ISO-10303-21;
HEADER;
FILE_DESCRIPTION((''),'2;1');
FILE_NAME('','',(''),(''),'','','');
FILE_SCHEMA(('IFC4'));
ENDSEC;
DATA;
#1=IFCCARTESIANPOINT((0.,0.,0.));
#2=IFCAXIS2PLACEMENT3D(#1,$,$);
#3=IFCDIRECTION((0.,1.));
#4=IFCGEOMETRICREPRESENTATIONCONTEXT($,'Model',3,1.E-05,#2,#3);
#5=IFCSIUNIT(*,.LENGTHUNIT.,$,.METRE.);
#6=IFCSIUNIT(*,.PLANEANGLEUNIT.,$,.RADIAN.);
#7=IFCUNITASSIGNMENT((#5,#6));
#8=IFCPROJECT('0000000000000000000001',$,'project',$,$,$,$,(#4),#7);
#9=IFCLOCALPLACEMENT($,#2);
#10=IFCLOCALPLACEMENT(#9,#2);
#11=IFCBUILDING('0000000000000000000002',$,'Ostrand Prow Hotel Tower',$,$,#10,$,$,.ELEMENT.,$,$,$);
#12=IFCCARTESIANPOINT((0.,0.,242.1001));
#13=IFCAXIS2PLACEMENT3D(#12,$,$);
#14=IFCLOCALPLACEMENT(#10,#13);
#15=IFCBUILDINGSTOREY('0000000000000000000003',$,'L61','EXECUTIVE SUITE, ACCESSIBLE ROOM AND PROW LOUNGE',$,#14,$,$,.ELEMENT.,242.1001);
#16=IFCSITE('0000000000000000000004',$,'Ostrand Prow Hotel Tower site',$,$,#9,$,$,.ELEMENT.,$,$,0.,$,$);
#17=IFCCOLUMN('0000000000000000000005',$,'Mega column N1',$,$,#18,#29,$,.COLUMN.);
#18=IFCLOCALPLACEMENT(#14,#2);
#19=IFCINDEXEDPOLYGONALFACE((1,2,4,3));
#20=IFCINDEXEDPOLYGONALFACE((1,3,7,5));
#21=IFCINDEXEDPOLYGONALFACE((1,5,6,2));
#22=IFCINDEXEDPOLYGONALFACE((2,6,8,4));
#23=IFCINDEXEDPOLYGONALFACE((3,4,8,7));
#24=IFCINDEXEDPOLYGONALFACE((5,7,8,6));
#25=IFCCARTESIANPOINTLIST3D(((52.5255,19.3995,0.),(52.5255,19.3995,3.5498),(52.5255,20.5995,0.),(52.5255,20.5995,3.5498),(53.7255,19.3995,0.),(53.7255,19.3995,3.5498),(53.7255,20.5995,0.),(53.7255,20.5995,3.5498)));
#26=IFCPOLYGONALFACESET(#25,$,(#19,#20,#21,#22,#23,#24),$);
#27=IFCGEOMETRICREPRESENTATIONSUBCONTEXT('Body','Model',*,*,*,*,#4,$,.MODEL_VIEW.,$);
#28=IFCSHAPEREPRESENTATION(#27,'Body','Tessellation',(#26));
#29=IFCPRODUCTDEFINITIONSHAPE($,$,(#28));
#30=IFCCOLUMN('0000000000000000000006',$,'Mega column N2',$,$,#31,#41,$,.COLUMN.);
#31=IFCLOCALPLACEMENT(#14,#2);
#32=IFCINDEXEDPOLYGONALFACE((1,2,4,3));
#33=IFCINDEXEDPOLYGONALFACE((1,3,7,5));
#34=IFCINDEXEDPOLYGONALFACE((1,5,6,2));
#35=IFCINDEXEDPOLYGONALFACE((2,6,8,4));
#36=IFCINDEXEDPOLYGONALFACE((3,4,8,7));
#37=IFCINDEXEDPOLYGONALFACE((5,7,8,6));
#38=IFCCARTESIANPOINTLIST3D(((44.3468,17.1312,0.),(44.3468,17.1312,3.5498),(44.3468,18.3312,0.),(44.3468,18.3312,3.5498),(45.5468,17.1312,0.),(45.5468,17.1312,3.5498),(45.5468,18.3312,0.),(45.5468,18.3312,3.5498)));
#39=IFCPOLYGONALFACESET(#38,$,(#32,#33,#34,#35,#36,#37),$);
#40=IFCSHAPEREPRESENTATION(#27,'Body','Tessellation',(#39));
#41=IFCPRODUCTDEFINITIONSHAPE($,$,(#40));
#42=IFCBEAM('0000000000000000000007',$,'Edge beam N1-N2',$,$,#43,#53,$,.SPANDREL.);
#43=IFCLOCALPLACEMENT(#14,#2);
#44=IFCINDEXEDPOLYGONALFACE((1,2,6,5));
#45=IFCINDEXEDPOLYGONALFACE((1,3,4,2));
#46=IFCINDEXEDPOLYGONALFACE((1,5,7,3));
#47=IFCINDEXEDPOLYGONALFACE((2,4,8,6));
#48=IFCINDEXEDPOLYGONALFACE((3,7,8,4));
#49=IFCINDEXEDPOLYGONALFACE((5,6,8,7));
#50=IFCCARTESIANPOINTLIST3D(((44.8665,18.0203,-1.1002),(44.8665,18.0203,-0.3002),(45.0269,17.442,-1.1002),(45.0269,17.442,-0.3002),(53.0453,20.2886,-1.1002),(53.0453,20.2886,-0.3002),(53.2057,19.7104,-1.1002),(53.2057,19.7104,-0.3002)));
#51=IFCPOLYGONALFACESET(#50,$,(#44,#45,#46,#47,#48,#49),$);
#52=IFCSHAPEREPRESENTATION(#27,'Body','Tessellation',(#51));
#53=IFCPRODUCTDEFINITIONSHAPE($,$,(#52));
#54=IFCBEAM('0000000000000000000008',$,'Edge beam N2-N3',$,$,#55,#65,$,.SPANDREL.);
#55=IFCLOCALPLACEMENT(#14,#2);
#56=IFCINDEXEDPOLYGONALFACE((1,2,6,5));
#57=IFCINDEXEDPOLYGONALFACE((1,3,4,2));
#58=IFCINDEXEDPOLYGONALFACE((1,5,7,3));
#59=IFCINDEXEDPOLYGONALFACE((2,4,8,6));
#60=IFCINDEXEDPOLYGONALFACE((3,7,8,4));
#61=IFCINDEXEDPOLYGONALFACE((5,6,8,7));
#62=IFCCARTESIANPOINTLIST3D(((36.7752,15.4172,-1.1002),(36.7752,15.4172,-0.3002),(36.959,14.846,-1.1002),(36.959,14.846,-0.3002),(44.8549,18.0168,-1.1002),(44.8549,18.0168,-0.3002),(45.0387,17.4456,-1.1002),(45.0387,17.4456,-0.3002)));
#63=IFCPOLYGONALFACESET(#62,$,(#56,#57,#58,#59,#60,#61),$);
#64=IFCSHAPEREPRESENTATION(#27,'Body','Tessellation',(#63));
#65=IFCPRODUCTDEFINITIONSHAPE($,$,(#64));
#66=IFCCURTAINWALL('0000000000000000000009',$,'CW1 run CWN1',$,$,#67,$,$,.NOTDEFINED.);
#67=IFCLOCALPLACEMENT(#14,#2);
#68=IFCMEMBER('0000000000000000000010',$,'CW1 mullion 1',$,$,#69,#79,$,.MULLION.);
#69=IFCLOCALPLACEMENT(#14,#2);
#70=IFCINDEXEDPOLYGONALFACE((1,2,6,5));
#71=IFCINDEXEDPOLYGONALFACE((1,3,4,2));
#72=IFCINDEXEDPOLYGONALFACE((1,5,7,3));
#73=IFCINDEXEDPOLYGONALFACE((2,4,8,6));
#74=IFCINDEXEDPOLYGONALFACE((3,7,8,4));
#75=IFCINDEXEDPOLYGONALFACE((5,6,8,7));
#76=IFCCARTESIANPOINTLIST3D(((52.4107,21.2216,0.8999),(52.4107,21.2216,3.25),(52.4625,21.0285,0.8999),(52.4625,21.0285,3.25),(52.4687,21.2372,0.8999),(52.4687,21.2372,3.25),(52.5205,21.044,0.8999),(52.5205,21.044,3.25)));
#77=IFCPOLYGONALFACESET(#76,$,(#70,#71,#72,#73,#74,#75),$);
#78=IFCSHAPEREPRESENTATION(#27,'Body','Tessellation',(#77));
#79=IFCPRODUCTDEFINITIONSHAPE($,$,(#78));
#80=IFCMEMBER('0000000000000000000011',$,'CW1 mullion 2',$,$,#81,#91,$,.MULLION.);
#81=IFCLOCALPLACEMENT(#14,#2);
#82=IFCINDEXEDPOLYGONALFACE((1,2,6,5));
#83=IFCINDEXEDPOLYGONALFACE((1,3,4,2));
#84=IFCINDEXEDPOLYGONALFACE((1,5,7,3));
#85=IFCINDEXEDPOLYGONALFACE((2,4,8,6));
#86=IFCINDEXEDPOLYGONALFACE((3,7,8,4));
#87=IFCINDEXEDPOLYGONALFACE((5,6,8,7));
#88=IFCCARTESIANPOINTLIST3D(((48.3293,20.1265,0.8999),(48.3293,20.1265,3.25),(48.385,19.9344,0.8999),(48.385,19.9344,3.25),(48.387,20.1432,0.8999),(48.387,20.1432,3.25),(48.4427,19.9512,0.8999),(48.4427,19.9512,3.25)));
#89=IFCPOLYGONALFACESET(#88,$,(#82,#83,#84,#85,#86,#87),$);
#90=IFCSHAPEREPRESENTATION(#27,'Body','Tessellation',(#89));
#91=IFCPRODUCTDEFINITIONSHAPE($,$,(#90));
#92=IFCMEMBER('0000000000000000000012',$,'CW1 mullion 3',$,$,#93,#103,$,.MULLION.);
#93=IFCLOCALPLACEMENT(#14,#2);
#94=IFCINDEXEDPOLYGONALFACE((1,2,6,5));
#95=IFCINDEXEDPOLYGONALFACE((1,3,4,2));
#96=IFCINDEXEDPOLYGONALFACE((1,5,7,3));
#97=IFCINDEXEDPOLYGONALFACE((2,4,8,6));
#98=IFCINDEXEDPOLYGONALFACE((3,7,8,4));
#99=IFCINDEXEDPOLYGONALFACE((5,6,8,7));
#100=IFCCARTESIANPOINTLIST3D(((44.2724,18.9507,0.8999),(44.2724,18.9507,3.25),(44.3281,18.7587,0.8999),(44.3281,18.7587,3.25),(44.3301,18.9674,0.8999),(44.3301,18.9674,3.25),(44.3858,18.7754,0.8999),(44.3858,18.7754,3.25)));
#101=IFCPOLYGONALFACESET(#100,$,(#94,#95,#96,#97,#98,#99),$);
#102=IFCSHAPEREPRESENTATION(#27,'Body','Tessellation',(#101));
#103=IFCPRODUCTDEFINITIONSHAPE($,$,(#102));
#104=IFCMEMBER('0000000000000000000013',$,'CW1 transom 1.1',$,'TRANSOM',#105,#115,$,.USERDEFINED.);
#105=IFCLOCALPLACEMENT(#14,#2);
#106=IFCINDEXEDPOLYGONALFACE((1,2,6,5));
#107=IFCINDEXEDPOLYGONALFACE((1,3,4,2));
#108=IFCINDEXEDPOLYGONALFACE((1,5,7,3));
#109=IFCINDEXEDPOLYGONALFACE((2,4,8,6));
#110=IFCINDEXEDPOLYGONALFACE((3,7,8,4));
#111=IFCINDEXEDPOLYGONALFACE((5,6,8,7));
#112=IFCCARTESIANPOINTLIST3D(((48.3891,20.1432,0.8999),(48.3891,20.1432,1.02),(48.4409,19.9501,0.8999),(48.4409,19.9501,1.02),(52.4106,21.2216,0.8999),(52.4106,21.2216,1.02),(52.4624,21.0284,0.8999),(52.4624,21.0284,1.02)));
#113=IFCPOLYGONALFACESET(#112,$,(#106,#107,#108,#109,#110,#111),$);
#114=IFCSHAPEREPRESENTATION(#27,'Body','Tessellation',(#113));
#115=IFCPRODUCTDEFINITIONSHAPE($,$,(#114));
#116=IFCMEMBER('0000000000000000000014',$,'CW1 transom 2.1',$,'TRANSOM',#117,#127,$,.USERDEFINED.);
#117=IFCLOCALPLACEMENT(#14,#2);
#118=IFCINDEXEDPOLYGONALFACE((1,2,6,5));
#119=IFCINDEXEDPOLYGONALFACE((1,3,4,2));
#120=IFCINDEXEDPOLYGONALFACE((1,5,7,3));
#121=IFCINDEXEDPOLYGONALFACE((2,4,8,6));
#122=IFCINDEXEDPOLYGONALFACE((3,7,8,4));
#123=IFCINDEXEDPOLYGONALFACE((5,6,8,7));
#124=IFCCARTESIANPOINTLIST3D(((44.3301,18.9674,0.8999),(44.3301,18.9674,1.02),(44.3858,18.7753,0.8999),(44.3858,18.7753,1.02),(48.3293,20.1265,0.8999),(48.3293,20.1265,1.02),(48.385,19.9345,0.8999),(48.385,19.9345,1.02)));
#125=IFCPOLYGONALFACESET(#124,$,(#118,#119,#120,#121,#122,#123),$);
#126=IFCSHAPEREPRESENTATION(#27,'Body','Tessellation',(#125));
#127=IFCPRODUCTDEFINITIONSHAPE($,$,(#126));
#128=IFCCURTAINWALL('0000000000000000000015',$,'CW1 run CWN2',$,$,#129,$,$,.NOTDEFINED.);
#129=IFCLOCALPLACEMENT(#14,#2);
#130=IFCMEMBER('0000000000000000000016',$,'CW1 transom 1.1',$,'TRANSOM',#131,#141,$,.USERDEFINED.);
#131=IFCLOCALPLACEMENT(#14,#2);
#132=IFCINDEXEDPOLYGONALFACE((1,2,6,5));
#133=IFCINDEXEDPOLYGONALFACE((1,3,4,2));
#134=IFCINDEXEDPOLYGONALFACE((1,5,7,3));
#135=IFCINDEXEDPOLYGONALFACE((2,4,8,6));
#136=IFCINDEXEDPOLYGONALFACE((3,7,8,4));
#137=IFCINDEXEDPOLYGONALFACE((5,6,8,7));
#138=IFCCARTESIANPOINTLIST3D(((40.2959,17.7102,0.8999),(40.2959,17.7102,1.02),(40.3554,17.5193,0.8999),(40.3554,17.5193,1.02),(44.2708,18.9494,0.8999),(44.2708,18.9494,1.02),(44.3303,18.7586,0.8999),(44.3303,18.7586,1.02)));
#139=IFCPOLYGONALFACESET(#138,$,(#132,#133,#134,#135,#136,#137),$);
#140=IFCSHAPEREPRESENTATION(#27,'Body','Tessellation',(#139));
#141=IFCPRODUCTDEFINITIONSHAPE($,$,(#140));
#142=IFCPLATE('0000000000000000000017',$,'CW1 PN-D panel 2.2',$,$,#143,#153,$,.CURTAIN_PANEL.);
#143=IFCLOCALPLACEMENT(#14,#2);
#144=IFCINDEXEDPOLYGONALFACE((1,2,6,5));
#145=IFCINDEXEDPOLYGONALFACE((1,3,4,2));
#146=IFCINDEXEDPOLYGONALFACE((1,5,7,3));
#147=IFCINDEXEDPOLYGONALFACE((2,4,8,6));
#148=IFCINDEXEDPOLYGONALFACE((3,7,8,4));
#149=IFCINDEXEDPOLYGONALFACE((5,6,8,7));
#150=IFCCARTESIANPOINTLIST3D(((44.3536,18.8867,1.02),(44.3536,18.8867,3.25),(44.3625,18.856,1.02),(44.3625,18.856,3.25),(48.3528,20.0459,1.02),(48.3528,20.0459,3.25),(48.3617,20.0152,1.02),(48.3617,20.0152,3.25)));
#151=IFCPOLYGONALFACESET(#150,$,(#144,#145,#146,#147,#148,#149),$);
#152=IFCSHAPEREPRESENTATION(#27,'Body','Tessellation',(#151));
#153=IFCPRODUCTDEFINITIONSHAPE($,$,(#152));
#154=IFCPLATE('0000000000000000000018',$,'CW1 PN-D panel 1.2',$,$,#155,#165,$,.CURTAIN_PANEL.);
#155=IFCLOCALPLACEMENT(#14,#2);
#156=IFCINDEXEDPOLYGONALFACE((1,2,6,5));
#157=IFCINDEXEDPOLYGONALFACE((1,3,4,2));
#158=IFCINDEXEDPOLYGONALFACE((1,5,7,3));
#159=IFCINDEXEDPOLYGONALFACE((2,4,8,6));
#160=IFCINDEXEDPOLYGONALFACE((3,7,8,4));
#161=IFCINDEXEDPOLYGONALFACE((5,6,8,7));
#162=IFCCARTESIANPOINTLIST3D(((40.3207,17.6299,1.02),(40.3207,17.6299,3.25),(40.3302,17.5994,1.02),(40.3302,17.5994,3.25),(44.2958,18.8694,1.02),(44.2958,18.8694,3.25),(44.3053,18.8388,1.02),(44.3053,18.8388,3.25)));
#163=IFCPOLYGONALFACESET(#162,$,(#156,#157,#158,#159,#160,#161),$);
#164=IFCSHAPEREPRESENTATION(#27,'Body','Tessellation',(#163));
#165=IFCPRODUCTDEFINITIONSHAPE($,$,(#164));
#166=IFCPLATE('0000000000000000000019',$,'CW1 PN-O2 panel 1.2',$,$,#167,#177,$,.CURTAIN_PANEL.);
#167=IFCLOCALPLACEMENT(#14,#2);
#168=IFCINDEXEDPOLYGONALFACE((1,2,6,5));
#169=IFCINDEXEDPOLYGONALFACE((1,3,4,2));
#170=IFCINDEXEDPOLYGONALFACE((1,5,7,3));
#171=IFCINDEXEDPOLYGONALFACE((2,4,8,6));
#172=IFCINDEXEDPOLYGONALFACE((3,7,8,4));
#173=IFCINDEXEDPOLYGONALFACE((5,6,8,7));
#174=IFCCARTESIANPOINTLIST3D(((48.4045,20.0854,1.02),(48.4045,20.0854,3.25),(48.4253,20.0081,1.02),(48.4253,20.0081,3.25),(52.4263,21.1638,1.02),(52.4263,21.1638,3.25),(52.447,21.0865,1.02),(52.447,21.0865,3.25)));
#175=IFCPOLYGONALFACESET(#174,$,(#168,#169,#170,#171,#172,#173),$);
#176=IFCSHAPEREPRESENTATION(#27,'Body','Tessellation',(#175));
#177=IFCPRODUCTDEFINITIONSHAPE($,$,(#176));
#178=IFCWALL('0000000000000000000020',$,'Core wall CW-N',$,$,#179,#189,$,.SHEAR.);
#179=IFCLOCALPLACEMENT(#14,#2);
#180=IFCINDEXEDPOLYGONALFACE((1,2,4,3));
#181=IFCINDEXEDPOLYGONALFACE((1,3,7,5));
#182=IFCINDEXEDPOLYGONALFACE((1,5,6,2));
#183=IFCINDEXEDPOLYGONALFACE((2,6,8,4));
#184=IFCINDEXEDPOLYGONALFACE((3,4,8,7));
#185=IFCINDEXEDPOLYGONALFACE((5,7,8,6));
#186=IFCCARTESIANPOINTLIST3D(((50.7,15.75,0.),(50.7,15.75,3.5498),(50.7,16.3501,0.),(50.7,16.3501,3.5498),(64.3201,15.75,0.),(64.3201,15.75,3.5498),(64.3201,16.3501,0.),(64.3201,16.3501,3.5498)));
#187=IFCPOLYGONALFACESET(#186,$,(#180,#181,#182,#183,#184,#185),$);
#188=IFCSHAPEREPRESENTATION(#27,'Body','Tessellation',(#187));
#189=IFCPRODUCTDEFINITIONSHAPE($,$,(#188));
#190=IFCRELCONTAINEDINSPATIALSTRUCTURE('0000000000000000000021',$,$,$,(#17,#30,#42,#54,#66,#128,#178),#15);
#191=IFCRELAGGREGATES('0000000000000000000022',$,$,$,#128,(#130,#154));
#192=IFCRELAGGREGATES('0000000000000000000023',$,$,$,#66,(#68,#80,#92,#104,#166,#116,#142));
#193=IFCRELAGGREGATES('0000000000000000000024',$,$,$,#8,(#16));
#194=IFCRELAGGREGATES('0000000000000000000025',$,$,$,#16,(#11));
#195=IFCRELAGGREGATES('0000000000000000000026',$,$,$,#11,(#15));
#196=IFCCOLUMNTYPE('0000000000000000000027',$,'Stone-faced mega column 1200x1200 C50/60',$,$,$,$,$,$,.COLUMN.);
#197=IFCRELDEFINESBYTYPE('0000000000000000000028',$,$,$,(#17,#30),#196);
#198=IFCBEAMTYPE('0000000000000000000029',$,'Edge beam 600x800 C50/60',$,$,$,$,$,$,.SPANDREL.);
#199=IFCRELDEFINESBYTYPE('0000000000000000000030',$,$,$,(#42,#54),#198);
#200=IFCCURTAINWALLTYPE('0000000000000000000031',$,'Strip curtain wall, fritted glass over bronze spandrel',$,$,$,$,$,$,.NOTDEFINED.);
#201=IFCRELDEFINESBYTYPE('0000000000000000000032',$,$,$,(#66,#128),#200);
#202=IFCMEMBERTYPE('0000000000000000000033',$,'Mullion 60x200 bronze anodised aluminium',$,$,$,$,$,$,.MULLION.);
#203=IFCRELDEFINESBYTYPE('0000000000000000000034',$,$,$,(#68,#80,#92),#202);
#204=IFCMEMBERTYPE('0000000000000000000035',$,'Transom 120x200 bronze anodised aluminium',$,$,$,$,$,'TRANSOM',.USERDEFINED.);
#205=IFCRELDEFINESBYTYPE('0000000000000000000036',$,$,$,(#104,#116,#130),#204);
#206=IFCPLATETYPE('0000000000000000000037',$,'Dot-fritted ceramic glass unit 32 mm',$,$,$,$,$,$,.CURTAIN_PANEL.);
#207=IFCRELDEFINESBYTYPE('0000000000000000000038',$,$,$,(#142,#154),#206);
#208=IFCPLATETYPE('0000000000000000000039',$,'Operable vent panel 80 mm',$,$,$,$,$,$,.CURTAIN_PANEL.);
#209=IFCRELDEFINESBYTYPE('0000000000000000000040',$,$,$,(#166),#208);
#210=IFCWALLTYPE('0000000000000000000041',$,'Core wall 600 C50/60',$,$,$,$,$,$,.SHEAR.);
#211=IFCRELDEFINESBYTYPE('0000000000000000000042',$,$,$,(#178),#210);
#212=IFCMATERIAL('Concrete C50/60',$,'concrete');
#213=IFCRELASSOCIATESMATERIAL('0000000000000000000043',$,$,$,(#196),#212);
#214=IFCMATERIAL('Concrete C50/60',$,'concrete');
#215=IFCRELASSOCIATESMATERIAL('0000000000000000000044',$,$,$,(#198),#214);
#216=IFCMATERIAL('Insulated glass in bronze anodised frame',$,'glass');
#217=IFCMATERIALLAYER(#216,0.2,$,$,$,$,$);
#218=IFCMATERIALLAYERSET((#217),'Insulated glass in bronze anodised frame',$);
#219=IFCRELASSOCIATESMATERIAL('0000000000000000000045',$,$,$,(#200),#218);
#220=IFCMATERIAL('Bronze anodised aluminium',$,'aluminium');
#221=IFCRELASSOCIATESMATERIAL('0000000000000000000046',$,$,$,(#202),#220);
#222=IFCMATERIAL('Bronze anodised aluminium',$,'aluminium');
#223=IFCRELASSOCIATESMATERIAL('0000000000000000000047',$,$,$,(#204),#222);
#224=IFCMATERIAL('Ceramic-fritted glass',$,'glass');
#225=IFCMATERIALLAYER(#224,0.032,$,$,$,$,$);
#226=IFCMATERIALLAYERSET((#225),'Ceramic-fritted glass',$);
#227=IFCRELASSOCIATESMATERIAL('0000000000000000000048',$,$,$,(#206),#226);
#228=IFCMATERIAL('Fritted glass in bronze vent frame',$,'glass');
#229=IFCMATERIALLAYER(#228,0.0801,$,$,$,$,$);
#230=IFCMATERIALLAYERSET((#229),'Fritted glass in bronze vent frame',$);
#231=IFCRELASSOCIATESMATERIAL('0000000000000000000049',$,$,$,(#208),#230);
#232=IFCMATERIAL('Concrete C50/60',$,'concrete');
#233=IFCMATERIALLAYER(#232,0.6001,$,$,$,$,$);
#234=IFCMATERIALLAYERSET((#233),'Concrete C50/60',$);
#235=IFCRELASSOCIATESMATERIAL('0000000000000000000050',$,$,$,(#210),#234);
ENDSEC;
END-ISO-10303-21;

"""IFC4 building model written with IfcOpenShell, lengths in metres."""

from ifc_helpers import new_model, si_unit, direction, frame, frame_2d, origin, origin_2d, place, context, subcontext, project, spatial, rectangle, extrude, material, layer, layer_set, material_profile, profile_set, type_object, element, aggregate, save


model = new_model("IFC4")

# Units and contexts
model_context = context("Model", 3, precision=1e-05, world=origin(), true_north=direction((0.0, 1.0)))
body_context = subcontext(model_context, "Body", "Model", "MODEL_VIEW")
ifc_project = project(units=[si_unit("LENGTHUNIT", "METRE"), si_unit("PLANEANGLEUNIT", "RADIAN")], contexts=[model_context])

# Site, building, storey
site_placement = place(None, origin())
site = spatial("IfcSite", under=ifc_project, at=site_placement, Name="Ostrand Prow Hotel Tower site", CompositionType="ELEMENT", RefElevation=0.0)
building_placement = place(site_placement, origin())
building = spatial("IfcBuilding", under=site, at=building_placement, Name="Ostrand Prow Hotel Tower", CompositionType="ELEMENT")
storey_placement = place(building_placement, frame((0.0, 0.0, 242.1001)))
storey = spatial("IfcBuildingStorey", under=building, at=storey_placement, Name="L61", Description="EXECUTIVE SUITE, ACCESSIBLE ROOM AND PROW LOUNGE", CompositionType="ELEMENT", Elevation=242.1001)

# Columns
ifc_material_1 = material(Name="Concrete C50/60", Category="concrete")
ifc_material_profile_1 = material_profile(ifc_material_1, rectangle(XDim=1.2, YDim=1.2, at=origin_2d()), Name="RC 1200x1200")
ifc_profile_set_1 = profile_set([ifc_material_profile_1], Name="Concrete C50/60")
column_type = type_object("IfcColumnType", Name="Stone-faced mega column 1200x1200 C50/60", PredefinedType="COLUMN", material=ifc_profile_set_1)
for number, where, z_axis, x_axis, name in (
    (1, (53.1255, 19.9995, 0.0), (0.0, 0.0, 1.0), (1.0, 0.0, 0.0), "Mega column N1"),
    (2, (44.9468, 17.7312, 0.0), (0.0, 0.0, 1.0), (1.0, 0.0, 0.0), "Mega column N2"),
):
    element("IfcColumn", number, at=place(storey_placement, frame(where, z_axis=z_axis, x_axis=x_axis)), inside=storey, type_object=column_type, Name=name, PredefinedType="COLUMN", context=body_context, shape_type="SweptSolid", body=[
        extrude(rectangle(XDim=1.2, YDim=1.2, at=origin_2d()), origin(), (0.0, 0.0, 1.0), 3.5498),
    ])

# Beams
ifc_material_2 = material(Name="Concrete C50/60", Category="concrete")
ifc_material_profile_2 = material_profile(ifc_material_2, rectangle(XDim=0.6001, YDim=0.8, at=origin_2d()), Name="RC 600x800")
ifc_profile_set_2 = profile_set([ifc_material_profile_2], Name="Concrete C50/60")
beam_type = type_object("IfcBeamType", Name="Edge beam 600x800 C50/60", PredefinedType="SPANDREL", material=ifc_profile_set_2)
for number, where, z_axis, x_axis, name in (
    (3, (53.1255, 19.9995, -0.7002), (-0.963626, -0.267255, 0.0), (0.267255, -0.963626, 0.0), "Edge beam N1-N2"),
    (4, (44.9468, 17.7312, -0.7002), (-0.951939, -0.306287, 0.0), (0.306287, -0.951939, 0.0), "Edge beam N2-N3"),
):
    element("IfcBeam", number, at=place(storey_placement, frame(where, z_axis=z_axis, x_axis=x_axis)), inside=storey, type_object=beam_type, Name=name, PredefinedType="SPANDREL", context=body_context, shape_type="SweptSolid", body=[
        extrude(rectangle(XDim=0.6001, YDim=0.8, at=origin_2d()), origin(), (0.0, 0.0, 1.0), 8.4875),
    ])

# Curtain wall, members
ifc_material_3 = material(Name="Insulated glass in bronze anodised frame", Category="glass")
ifc_layer_1 = layer(ifc_material_3, 0.2)
ifc_layer_set_1 = layer_set([ifc_layer_1], Name="Insulated glass in bronze anodised frame")
curtain_wall_type = type_object("IfcCurtainWallType", Name="Strip curtain wall, fritted glass over bronze spandrel", PredefinedType="NOTDEFINED", material=ifc_layer_set_1)
curtain_wall_1_placement = place(storey_placement, origin())
curtain_wall_1 = element("IfcCurtainWall", 5, at=curtain_wall_1_placement, inside=storey, type_object=curtain_wall_type, Name="CW1 run CWN1", PredefinedType="NOTDEFINED")
ifc_material_4 = material(Name="Bronze anodised aluminium", Category="aluminium")
ifc_material_profile_3 = material_profile(ifc_material_4, rectangle(XDim=0.2, YDim=0.0601, at=origin_2d()), Name="Mullion 60x200 bronze anodised aluminium")
ifc_profile_set_3 = profile_set([ifc_material_profile_3], Name="Bronze anodised aluminium")
member_type_1 = type_object("IfcMemberType", Name="Mullion 60x200 bronze anodised aluminium", PredefinedType="MULLION", material=ifc_profile_set_3)
member_1_placement = place(storey_placement, frame((52.4656, 21.1328, 0.8999), z_axis=(0.0, 0.0, 1.0), x_axis=(0.258994, -0.965879, 0.0)))
member_1 = element("IfcMember", 6, at=member_1_placement, type_object=member_type_1, Name="CW1 mullion 1", PredefinedType="MULLION", context=body_context, shape_type="SweptSolid", body=[
    extrude(rectangle(XDim=0.2, YDim=0.0601, at=origin_2d()), origin(), (0.0, 0.0, 1.0), 2.3501),
])
member_2_placement = place(storey_placement, frame((48.386, 20.0388, 0.8999), z_axis=(0.0, 0.0, 1.0), x_axis=(0.278393, -0.960467, 0.0)))
member_2 = element("IfcMember", 7, at=member_2_placement, type_object=member_type_1, Name="CW1 mullion 2", PredefinedType="MULLION", context=body_context, shape_type="SweptSolid", body=[
    extrude(rectangle(XDim=0.2, YDim=0.0601, at=origin_2d()), origin(), (0.0, 0.0, 1.0), 2.3501),
])
member_3_placement = place(storey_placement, frame((44.3291, 18.863, 0.8999), z_axis=(0.0, 0.0, 1.0), x_axis=(0.278393, -0.960467, 0.0)))
member_3 = element("IfcMember", 8, at=member_3_placement, type_object=member_type_1, Name="CW1 mullion 3", PredefinedType="MULLION", context=body_context, shape_type="SweptSolid", body=[
    extrude(rectangle(XDim=0.2, YDim=0.0601, at=origin_2d()), origin(), (0.0, 0.0, 1.0), 2.3501),
])
ifc_material_5 = material(Name="Bronze anodised aluminium", Category="aluminium")
ifc_material_profile_4 = material_profile(ifc_material_5, rectangle(XDim=0.2, YDim=0.1201, at=origin_2d()), Name="Transom 120x200 bronze anodised aluminium")
ifc_profile_set_4 = profile_set([ifc_material_profile_4], Name="Bronze anodised aluminium")
member_type_2 = type_object("IfcMemberType", Name="Transom 120x200 bronze anodised aluminium", ElementType="TRANSOM", PredefinedType="USERDEFINED", material=ifc_profile_set_4)
member_4_placement = place(storey_placement, frame((52.4365, 21.125, 0.96), z_axis=(-0.965877, -0.259002, 0.0), x_axis=(0.259002, -0.965877, 0.0)))
member_4 = element("IfcMember", 9, at=member_4_placement, type_object=member_type_2, Name="CW1 transom 1.1", ObjectType="TRANSOM", PredefinedType="USERDEFINED", context=body_context, shape_type="SweptSolid", body=[
    extrude(rectangle(XDim=0.2, YDim=0.1201, at=origin_2d()), origin(), (0.0, 0.0, 1.0), 4.1636),
])
member_5_placement = place(storey_placement, frame((48.3572, 20.0305, 0.96), z_axis=(-0.960468, -0.27839, 0.0), x_axis=(0.27839, -0.960468, 0.0)))
member_5 = element("IfcMember", 10, at=member_5_placement, type_object=member_type_2, Name="CW1 transom 2.1", ObjectType="TRANSOM", PredefinedType="USERDEFINED", context=body_context, shape_type="SweptSolid", body=[
    extrude(rectangle(XDim=0.2, YDim=0.1201, at=origin_2d()), origin(), (0.0, 0.0, 1.0), 4.1638),
])

# Curtain wall, member
curtain_wall_2_placement = place(storey_placement, origin())
curtain_wall_2 = element("IfcCurtainWall", 11, at=curtain_wall_2_placement, inside=storey, type_object=curtain_wall_type, Name="CW1 run CWN2", PredefinedType="NOTDEFINED")
member_6_placement = place(storey_placement, frame((44.3005, 18.854, 0.96), z_axis=(-0.954677, -0.297644, 0.0), x_axis=(0.297644, -0.954677, 0.0)))
member_6 = element("IfcMember", 12, at=member_6_placement, type_object=member_type_2, Name="CW1 transom 1.1", ObjectType="TRANSOM", PredefinedType="USERDEFINED", context=body_context, shape_type="SweptSolid", body=[
    extrude(rectangle(XDim=0.2, YDim=0.1201, at=origin_2d()), origin(), (0.0, 0.0, 1.0), 4.1636),
])

# Plates
ifc_material_6 = material(Name="Ceramic-fritted glass", Category="glass")
ifc_layer_2 = layer(ifc_material_6, 0.032)
ifc_layer_set_2 = layer_set([ifc_layer_2], Name="Ceramic-fritted glass")
plate_type_1 = type_object("IfcPlateType", Name="Dot-fritted ceramic glass unit 32 mm", PredefinedType="CURTAIN_PANEL", material=ifc_layer_set_2)
plate_1_placement = place(storey_placement, frame((46.3577, 19.4509, 1.02), z_axis=(0.0, 0.0, 1.0), x_axis=(-0.960467, -0.278393, 0.0)))
plate_1 = element("IfcPlate", 13, at=plate_1_placement, type_object=plate_type_1, Name="CW1 PN-D panel 2.2", PredefinedType="CURTAIN_PANEL", context=body_context, shape_type="SweptSolid", body=[
    extrude(rectangle(XDim=4.1638, YDim=0.032, at=origin_2d()), origin(), (0.0, 0.0, 1.0), 2.23),
])
plate_2_placement = place(storey_placement, frame((42.313, 18.2344, 1.02), z_axis=(0.0, 0.0, 1.0), x_axis=(-0.954666, -0.297678, 0.0)))
plate_2 = element("IfcPlate", 14, at=plate_2_placement, type_object=plate_type_1, Name="CW1 PN-D panel 1.2", PredefinedType="CURTAIN_PANEL", context=body_context, shape_type="SweptSolid", body=[
    extrude(rectangle(XDim=4.1638, YDim=0.032, at=origin_2d()), origin(), (0.0, 0.0, 1.0), 2.23),
])
aggregate(curtain_wall_2, [member_6, plate_2])
ifc_material_7 = material(Name="Fritted glass in bronze vent frame", Category="glass")
ifc_layer_3 = layer(ifc_material_7, 0.0801)
ifc_layer_set_3 = layer_set([ifc_layer_3], Name="Fritted glass in bronze vent frame")
plate_type_2 = type_object("IfcPlateType", Name="Operable vent panel 80 mm", PredefinedType="CURTAIN_PANEL", material=ifc_layer_set_3)
plate_3_placement = place(storey_placement, frame((50.4258, 20.5859, 1.02), z_axis=(0.0, 0.0, 1.0), x_axis=(-0.965879, -0.258994, 0.0)))
plate_3 = element("IfcPlate", 15, at=plate_3_placement, type_object=plate_type_2, Name="CW1 PN-O2 panel 1.2", PredefinedType="CURTAIN_PANEL", context=body_context, shape_type="SweptSolid", body=[
    extrude(rectangle(XDim=4.1638, YDim=0.0801, at=origin_2d()), origin(), (0.0, 0.0, 1.0), 2.23),
])
aggregate(curtain_wall_1, [member_1, member_2, member_3, member_4, plate_3, member_5, plate_1])

# Wall
ifc_material_8 = material(Name="Concrete C50/60", Category="concrete")
ifc_layer_4 = layer(ifc_material_8, 0.6001)
ifc_layer_set_4 = layer_set([ifc_layer_4], Name="Concrete C50/60")
wall_type_1 = type_object("IfcWallType", Name="Core wall 600 C50/60", PredefinedType="SHEAR", material=ifc_layer_set_4)
wall_1_placement = place(storey_placement, frame((50.7, 16.05, 0.0), z_axis=(0.0, 0.0, 1.0), x_axis=(1.0, 0.0, 0.0)))
element("IfcWall", 16, at=wall_1_placement, inside=storey, type_object=wall_type_1, Name="Core wall CW-N", PredefinedType="SHEAR", context=body_context, shape_type="SweptSolid", body=[
    extrude(rectangle(XDim=13.6201, YDim=0.6001, at=frame_2d((6.8101, 0.0))), origin(), (0.0, 0.0, 1.0), 3.5498),
])

save(model, "model.ifc")
